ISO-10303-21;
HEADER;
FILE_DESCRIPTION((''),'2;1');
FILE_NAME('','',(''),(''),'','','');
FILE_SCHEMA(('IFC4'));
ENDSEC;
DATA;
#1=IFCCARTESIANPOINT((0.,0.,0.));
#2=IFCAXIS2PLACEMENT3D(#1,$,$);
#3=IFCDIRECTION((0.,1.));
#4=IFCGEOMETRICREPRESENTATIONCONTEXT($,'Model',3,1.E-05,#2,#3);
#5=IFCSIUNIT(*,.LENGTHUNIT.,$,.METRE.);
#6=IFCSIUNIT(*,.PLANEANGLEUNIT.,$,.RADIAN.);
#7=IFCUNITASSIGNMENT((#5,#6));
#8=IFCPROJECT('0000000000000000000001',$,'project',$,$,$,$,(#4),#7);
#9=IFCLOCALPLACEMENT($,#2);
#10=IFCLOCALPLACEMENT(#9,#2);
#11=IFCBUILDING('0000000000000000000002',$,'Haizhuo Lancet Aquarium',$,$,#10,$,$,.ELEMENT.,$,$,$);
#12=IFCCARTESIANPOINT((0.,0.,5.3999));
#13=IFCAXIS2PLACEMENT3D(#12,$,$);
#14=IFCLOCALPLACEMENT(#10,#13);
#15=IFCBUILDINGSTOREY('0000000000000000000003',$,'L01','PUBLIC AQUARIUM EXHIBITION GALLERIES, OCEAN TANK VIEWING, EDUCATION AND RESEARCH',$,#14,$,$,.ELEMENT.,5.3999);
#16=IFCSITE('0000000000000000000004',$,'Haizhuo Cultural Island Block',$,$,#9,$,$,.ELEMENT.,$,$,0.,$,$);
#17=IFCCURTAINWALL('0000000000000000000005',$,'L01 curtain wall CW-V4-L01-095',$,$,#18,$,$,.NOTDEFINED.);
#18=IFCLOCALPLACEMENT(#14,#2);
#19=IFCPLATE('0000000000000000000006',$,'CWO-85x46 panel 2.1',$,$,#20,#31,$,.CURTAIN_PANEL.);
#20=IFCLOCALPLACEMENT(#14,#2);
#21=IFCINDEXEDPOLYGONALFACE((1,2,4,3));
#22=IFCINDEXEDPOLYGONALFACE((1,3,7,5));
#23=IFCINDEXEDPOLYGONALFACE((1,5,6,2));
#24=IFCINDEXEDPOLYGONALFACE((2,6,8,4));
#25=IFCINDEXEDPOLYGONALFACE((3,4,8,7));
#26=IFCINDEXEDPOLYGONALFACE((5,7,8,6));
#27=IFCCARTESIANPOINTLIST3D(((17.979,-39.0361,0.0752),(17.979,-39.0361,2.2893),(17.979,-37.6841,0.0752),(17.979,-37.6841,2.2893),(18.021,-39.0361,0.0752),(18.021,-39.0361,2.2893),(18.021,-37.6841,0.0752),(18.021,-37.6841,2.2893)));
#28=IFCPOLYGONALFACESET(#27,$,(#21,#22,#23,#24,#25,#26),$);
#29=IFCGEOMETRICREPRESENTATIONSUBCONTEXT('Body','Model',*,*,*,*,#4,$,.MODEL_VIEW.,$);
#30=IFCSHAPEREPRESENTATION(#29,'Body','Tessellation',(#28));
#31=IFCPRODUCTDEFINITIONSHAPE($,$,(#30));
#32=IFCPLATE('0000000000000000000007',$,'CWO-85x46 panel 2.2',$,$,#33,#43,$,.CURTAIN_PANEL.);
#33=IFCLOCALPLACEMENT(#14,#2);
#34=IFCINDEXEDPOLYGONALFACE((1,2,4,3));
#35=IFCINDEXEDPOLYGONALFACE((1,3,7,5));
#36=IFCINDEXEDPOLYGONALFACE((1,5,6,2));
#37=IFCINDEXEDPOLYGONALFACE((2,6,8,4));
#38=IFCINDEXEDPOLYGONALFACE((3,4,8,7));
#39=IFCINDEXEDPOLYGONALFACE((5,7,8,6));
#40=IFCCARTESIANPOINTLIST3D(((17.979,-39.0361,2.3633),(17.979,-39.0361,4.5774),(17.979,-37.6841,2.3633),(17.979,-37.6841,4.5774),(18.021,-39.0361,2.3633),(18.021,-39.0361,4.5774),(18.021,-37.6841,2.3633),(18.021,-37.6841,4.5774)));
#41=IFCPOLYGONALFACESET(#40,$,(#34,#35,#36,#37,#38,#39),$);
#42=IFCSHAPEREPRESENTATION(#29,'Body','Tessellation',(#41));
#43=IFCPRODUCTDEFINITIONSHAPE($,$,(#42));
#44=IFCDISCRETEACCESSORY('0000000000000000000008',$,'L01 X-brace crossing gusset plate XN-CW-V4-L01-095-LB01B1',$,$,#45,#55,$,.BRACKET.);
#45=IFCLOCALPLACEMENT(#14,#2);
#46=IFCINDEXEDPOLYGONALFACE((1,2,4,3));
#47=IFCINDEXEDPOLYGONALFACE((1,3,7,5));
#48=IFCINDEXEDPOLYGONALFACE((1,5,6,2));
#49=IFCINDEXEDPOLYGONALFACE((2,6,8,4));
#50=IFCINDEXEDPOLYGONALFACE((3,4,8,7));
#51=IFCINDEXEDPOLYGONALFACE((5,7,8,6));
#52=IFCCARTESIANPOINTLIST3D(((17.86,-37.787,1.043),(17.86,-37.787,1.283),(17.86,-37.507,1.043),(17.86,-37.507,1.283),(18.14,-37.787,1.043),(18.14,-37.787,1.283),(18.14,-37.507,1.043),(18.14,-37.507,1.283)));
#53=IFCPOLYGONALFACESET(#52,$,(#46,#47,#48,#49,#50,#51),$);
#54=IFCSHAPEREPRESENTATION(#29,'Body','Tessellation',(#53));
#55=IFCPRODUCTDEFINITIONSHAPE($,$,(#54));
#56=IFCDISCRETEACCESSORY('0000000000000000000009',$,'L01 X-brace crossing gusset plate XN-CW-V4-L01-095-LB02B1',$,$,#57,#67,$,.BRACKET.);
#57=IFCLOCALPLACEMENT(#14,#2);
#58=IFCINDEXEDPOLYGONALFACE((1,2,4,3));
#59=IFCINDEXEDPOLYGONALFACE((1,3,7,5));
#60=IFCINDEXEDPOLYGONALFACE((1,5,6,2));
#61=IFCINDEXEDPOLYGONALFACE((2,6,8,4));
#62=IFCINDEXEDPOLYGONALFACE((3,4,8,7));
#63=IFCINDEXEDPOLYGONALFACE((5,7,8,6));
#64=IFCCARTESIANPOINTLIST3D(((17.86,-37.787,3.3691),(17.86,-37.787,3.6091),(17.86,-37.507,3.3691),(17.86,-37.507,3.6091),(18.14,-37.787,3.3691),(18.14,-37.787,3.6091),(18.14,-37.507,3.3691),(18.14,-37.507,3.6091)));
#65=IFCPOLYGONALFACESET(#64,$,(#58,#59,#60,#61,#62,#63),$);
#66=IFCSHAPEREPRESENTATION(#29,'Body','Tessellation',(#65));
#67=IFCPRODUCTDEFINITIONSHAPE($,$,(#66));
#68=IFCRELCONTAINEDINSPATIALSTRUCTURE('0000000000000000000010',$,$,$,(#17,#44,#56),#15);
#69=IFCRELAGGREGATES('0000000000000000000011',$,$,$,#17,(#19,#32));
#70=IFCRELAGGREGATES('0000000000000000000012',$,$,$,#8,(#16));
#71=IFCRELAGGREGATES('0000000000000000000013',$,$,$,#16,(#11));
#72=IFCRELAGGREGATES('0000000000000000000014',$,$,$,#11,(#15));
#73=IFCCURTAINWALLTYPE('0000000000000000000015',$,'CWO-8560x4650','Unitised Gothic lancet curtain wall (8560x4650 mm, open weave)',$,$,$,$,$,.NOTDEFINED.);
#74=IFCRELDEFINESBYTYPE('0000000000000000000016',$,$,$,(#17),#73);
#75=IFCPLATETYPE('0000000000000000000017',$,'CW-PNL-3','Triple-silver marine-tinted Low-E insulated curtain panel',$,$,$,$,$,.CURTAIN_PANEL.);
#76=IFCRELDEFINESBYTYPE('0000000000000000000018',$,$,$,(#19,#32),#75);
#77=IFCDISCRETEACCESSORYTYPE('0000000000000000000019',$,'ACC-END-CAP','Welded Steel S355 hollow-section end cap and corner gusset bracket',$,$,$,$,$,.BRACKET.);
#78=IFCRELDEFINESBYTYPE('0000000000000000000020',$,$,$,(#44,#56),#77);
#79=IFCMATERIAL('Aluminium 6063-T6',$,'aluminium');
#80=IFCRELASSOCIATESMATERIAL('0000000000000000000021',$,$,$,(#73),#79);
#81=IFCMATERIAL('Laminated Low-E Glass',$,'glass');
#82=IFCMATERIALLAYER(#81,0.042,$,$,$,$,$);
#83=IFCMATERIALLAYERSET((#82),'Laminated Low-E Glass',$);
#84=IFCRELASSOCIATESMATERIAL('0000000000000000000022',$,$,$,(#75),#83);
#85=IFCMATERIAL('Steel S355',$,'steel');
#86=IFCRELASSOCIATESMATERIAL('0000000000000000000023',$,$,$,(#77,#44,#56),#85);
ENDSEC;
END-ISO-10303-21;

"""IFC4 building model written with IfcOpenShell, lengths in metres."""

from ifc_helpers import new_model, si_unit, direction, frame, origin, origin_2d, place, context, subcontext, project, spatial, rectangle, extrude, material, layer, layer_set, type_object, element, aggregate, save


model = new_model("IFC4")

# Units and contexts
model_context = context("Model", 3, precision=1e-05, world=origin(), true_north=direction((0.0, 1.0)))
body_context = subcontext(model_context, "Body", "Model", "MODEL_VIEW")
ifc_project = project(units=[si_unit("LENGTHUNIT", "METRE"), si_unit("PLANEANGLEUNIT", "RADIAN")], contexts=[model_context])

# Site, building, storey
site_placement = place(None, origin())
site = spatial("IfcSite", under=ifc_project, at=site_placement, Name="Haizhuo Cultural Island Block", CompositionType="ELEMENT", RefElevation=0.0)
building_placement = place(site_placement, origin())
building = spatial("IfcBuilding", under=site, at=building_placement, Name="Haizhuo Lancet Aquarium", CompositionType="ELEMENT")
storey_placement = place(building_placement, frame((0.0, 0.0, 5.3999)))
storey = spatial("IfcBuildingStorey", under=building, at=storey_placement, Name="L01", Description="PUBLIC AQUARIUM EXHIBITION GALLERIES, OCEAN TANK VIEWING, EDUCATION AND RESEARCH", CompositionType="ELEMENT", Elevation=5.3999)

# Shared definitions
ifc_material_1 = material(Name="Steel S355", Category="steel")

# Curtain wall
ifc_material_2 = material(Name="Aluminium 6063-T6", Category="aluminium")
curtain_wall_type = type_object("IfcCurtainWallType", Name="CWO-8560x4650", Description="Unitised Gothic lancet curtain wall (8560x4650 mm, open weave)", PredefinedType="NOTDEFINED", material=ifc_material_2)
curtain_wall_placement = place(storey_placement, origin())
curtain_wall = element("IfcCurtainWall", 1, at=curtain_wall_placement, inside=storey, type_object=curtain_wall_type, Name="L01 curtain wall CW-V4-L01-095", PredefinedType="NOTDEFINED")

# Plates
ifc_material_3 = material(Name="Laminated Low-E Glass", Category="glass")
ifc_layer = layer(ifc_material_3, 0.042)
ifc_layer_set = layer_set([ifc_layer], Name="Laminated Low-E Glass")
plate_type = type_object("IfcPlateType", Name="CW-PNL-3", Description="Triple-silver marine-tinted Low-E insulated curtain panel", PredefinedType="CURTAIN_PANEL", material=ifc_layer_set)
plate_1_placement = place(storey_placement, frame((18.0, -38.3601, 0.0752), z_axis=(0.0, 0.0, 1.0), x_axis=(0.0, -1.0, 0.0)))
plate_1 = element("IfcPlate", 2, at=plate_1_placement, type_object=plate_type, Name="CWO-85x46 panel 2.1", PredefinedType="CURTAIN_PANEL", context=body_context, shape_type="SweptSolid", body=[
    extrude(rectangle(XDim=1.3521, YDim=0.042, at=origin_2d()), origin(), (0.0, 0.0, 1.0), 2.2141),
])
plate_2_placement = place(storey_placement, frame((18.0, -38.3601, 2.3633), z_axis=(0.0, 0.0, 1.0), x_axis=(0.0, -1.0, 0.0)))
plate_2 = element("IfcPlate", 3, at=plate_2_placement, type_object=plate_type, Name="CWO-85x46 panel 2.2", PredefinedType="CURTAIN_PANEL", context=body_context, shape_type="SweptSolid", body=[
    extrude(rectangle(XDim=1.3521, YDim=0.042, at=origin_2d()), origin(), (0.0, 0.0, 1.0), 2.2141),
])
aggregate(curtain_wall, [plate_1, plate_2])

# Discrete accessories
discrete_accessory_type = type_object("IfcDiscreteAccessoryType", Name="ACC-END-CAP", Description="Welded Steel S355 hollow-section end cap and corner gusset bracket", PredefinedType="BRACKET", material=ifc_material_1)
for number, where, z_axis, x_axis, name in (
    (4, (18.0, -37.647, 1.043), (0.0, 0.0, 1.0), (1.0, 0.0, 0.0), "L01 X-brace crossing gusset plate XN-CW-V4-L01-095-LB01B1"),
    (5, (18.0, -37.647, 3.3691), (0.0, 0.0, 1.0), (1.0, 0.0, 0.0), "L01 X-brace crossing gusset plate XN-CW-V4-L01-095-LB02B1"),
):
    element("IfcDiscreteAccessory", number, at=place(storey_placement, frame(where, z_axis=z_axis, x_axis=x_axis)), inside=storey, type_object=discrete_accessory_type, material=ifc_material_1, Name=name, PredefinedType="BRACKET", context=body_context, shape_type="SweptSolid", body=[
        extrude(rectangle(XDim=0.28, YDim=0.28, at=origin_2d()), origin(), (0.0, 0.0, 1.0), 0.24),
    ])

save(model, "model.ifc")
